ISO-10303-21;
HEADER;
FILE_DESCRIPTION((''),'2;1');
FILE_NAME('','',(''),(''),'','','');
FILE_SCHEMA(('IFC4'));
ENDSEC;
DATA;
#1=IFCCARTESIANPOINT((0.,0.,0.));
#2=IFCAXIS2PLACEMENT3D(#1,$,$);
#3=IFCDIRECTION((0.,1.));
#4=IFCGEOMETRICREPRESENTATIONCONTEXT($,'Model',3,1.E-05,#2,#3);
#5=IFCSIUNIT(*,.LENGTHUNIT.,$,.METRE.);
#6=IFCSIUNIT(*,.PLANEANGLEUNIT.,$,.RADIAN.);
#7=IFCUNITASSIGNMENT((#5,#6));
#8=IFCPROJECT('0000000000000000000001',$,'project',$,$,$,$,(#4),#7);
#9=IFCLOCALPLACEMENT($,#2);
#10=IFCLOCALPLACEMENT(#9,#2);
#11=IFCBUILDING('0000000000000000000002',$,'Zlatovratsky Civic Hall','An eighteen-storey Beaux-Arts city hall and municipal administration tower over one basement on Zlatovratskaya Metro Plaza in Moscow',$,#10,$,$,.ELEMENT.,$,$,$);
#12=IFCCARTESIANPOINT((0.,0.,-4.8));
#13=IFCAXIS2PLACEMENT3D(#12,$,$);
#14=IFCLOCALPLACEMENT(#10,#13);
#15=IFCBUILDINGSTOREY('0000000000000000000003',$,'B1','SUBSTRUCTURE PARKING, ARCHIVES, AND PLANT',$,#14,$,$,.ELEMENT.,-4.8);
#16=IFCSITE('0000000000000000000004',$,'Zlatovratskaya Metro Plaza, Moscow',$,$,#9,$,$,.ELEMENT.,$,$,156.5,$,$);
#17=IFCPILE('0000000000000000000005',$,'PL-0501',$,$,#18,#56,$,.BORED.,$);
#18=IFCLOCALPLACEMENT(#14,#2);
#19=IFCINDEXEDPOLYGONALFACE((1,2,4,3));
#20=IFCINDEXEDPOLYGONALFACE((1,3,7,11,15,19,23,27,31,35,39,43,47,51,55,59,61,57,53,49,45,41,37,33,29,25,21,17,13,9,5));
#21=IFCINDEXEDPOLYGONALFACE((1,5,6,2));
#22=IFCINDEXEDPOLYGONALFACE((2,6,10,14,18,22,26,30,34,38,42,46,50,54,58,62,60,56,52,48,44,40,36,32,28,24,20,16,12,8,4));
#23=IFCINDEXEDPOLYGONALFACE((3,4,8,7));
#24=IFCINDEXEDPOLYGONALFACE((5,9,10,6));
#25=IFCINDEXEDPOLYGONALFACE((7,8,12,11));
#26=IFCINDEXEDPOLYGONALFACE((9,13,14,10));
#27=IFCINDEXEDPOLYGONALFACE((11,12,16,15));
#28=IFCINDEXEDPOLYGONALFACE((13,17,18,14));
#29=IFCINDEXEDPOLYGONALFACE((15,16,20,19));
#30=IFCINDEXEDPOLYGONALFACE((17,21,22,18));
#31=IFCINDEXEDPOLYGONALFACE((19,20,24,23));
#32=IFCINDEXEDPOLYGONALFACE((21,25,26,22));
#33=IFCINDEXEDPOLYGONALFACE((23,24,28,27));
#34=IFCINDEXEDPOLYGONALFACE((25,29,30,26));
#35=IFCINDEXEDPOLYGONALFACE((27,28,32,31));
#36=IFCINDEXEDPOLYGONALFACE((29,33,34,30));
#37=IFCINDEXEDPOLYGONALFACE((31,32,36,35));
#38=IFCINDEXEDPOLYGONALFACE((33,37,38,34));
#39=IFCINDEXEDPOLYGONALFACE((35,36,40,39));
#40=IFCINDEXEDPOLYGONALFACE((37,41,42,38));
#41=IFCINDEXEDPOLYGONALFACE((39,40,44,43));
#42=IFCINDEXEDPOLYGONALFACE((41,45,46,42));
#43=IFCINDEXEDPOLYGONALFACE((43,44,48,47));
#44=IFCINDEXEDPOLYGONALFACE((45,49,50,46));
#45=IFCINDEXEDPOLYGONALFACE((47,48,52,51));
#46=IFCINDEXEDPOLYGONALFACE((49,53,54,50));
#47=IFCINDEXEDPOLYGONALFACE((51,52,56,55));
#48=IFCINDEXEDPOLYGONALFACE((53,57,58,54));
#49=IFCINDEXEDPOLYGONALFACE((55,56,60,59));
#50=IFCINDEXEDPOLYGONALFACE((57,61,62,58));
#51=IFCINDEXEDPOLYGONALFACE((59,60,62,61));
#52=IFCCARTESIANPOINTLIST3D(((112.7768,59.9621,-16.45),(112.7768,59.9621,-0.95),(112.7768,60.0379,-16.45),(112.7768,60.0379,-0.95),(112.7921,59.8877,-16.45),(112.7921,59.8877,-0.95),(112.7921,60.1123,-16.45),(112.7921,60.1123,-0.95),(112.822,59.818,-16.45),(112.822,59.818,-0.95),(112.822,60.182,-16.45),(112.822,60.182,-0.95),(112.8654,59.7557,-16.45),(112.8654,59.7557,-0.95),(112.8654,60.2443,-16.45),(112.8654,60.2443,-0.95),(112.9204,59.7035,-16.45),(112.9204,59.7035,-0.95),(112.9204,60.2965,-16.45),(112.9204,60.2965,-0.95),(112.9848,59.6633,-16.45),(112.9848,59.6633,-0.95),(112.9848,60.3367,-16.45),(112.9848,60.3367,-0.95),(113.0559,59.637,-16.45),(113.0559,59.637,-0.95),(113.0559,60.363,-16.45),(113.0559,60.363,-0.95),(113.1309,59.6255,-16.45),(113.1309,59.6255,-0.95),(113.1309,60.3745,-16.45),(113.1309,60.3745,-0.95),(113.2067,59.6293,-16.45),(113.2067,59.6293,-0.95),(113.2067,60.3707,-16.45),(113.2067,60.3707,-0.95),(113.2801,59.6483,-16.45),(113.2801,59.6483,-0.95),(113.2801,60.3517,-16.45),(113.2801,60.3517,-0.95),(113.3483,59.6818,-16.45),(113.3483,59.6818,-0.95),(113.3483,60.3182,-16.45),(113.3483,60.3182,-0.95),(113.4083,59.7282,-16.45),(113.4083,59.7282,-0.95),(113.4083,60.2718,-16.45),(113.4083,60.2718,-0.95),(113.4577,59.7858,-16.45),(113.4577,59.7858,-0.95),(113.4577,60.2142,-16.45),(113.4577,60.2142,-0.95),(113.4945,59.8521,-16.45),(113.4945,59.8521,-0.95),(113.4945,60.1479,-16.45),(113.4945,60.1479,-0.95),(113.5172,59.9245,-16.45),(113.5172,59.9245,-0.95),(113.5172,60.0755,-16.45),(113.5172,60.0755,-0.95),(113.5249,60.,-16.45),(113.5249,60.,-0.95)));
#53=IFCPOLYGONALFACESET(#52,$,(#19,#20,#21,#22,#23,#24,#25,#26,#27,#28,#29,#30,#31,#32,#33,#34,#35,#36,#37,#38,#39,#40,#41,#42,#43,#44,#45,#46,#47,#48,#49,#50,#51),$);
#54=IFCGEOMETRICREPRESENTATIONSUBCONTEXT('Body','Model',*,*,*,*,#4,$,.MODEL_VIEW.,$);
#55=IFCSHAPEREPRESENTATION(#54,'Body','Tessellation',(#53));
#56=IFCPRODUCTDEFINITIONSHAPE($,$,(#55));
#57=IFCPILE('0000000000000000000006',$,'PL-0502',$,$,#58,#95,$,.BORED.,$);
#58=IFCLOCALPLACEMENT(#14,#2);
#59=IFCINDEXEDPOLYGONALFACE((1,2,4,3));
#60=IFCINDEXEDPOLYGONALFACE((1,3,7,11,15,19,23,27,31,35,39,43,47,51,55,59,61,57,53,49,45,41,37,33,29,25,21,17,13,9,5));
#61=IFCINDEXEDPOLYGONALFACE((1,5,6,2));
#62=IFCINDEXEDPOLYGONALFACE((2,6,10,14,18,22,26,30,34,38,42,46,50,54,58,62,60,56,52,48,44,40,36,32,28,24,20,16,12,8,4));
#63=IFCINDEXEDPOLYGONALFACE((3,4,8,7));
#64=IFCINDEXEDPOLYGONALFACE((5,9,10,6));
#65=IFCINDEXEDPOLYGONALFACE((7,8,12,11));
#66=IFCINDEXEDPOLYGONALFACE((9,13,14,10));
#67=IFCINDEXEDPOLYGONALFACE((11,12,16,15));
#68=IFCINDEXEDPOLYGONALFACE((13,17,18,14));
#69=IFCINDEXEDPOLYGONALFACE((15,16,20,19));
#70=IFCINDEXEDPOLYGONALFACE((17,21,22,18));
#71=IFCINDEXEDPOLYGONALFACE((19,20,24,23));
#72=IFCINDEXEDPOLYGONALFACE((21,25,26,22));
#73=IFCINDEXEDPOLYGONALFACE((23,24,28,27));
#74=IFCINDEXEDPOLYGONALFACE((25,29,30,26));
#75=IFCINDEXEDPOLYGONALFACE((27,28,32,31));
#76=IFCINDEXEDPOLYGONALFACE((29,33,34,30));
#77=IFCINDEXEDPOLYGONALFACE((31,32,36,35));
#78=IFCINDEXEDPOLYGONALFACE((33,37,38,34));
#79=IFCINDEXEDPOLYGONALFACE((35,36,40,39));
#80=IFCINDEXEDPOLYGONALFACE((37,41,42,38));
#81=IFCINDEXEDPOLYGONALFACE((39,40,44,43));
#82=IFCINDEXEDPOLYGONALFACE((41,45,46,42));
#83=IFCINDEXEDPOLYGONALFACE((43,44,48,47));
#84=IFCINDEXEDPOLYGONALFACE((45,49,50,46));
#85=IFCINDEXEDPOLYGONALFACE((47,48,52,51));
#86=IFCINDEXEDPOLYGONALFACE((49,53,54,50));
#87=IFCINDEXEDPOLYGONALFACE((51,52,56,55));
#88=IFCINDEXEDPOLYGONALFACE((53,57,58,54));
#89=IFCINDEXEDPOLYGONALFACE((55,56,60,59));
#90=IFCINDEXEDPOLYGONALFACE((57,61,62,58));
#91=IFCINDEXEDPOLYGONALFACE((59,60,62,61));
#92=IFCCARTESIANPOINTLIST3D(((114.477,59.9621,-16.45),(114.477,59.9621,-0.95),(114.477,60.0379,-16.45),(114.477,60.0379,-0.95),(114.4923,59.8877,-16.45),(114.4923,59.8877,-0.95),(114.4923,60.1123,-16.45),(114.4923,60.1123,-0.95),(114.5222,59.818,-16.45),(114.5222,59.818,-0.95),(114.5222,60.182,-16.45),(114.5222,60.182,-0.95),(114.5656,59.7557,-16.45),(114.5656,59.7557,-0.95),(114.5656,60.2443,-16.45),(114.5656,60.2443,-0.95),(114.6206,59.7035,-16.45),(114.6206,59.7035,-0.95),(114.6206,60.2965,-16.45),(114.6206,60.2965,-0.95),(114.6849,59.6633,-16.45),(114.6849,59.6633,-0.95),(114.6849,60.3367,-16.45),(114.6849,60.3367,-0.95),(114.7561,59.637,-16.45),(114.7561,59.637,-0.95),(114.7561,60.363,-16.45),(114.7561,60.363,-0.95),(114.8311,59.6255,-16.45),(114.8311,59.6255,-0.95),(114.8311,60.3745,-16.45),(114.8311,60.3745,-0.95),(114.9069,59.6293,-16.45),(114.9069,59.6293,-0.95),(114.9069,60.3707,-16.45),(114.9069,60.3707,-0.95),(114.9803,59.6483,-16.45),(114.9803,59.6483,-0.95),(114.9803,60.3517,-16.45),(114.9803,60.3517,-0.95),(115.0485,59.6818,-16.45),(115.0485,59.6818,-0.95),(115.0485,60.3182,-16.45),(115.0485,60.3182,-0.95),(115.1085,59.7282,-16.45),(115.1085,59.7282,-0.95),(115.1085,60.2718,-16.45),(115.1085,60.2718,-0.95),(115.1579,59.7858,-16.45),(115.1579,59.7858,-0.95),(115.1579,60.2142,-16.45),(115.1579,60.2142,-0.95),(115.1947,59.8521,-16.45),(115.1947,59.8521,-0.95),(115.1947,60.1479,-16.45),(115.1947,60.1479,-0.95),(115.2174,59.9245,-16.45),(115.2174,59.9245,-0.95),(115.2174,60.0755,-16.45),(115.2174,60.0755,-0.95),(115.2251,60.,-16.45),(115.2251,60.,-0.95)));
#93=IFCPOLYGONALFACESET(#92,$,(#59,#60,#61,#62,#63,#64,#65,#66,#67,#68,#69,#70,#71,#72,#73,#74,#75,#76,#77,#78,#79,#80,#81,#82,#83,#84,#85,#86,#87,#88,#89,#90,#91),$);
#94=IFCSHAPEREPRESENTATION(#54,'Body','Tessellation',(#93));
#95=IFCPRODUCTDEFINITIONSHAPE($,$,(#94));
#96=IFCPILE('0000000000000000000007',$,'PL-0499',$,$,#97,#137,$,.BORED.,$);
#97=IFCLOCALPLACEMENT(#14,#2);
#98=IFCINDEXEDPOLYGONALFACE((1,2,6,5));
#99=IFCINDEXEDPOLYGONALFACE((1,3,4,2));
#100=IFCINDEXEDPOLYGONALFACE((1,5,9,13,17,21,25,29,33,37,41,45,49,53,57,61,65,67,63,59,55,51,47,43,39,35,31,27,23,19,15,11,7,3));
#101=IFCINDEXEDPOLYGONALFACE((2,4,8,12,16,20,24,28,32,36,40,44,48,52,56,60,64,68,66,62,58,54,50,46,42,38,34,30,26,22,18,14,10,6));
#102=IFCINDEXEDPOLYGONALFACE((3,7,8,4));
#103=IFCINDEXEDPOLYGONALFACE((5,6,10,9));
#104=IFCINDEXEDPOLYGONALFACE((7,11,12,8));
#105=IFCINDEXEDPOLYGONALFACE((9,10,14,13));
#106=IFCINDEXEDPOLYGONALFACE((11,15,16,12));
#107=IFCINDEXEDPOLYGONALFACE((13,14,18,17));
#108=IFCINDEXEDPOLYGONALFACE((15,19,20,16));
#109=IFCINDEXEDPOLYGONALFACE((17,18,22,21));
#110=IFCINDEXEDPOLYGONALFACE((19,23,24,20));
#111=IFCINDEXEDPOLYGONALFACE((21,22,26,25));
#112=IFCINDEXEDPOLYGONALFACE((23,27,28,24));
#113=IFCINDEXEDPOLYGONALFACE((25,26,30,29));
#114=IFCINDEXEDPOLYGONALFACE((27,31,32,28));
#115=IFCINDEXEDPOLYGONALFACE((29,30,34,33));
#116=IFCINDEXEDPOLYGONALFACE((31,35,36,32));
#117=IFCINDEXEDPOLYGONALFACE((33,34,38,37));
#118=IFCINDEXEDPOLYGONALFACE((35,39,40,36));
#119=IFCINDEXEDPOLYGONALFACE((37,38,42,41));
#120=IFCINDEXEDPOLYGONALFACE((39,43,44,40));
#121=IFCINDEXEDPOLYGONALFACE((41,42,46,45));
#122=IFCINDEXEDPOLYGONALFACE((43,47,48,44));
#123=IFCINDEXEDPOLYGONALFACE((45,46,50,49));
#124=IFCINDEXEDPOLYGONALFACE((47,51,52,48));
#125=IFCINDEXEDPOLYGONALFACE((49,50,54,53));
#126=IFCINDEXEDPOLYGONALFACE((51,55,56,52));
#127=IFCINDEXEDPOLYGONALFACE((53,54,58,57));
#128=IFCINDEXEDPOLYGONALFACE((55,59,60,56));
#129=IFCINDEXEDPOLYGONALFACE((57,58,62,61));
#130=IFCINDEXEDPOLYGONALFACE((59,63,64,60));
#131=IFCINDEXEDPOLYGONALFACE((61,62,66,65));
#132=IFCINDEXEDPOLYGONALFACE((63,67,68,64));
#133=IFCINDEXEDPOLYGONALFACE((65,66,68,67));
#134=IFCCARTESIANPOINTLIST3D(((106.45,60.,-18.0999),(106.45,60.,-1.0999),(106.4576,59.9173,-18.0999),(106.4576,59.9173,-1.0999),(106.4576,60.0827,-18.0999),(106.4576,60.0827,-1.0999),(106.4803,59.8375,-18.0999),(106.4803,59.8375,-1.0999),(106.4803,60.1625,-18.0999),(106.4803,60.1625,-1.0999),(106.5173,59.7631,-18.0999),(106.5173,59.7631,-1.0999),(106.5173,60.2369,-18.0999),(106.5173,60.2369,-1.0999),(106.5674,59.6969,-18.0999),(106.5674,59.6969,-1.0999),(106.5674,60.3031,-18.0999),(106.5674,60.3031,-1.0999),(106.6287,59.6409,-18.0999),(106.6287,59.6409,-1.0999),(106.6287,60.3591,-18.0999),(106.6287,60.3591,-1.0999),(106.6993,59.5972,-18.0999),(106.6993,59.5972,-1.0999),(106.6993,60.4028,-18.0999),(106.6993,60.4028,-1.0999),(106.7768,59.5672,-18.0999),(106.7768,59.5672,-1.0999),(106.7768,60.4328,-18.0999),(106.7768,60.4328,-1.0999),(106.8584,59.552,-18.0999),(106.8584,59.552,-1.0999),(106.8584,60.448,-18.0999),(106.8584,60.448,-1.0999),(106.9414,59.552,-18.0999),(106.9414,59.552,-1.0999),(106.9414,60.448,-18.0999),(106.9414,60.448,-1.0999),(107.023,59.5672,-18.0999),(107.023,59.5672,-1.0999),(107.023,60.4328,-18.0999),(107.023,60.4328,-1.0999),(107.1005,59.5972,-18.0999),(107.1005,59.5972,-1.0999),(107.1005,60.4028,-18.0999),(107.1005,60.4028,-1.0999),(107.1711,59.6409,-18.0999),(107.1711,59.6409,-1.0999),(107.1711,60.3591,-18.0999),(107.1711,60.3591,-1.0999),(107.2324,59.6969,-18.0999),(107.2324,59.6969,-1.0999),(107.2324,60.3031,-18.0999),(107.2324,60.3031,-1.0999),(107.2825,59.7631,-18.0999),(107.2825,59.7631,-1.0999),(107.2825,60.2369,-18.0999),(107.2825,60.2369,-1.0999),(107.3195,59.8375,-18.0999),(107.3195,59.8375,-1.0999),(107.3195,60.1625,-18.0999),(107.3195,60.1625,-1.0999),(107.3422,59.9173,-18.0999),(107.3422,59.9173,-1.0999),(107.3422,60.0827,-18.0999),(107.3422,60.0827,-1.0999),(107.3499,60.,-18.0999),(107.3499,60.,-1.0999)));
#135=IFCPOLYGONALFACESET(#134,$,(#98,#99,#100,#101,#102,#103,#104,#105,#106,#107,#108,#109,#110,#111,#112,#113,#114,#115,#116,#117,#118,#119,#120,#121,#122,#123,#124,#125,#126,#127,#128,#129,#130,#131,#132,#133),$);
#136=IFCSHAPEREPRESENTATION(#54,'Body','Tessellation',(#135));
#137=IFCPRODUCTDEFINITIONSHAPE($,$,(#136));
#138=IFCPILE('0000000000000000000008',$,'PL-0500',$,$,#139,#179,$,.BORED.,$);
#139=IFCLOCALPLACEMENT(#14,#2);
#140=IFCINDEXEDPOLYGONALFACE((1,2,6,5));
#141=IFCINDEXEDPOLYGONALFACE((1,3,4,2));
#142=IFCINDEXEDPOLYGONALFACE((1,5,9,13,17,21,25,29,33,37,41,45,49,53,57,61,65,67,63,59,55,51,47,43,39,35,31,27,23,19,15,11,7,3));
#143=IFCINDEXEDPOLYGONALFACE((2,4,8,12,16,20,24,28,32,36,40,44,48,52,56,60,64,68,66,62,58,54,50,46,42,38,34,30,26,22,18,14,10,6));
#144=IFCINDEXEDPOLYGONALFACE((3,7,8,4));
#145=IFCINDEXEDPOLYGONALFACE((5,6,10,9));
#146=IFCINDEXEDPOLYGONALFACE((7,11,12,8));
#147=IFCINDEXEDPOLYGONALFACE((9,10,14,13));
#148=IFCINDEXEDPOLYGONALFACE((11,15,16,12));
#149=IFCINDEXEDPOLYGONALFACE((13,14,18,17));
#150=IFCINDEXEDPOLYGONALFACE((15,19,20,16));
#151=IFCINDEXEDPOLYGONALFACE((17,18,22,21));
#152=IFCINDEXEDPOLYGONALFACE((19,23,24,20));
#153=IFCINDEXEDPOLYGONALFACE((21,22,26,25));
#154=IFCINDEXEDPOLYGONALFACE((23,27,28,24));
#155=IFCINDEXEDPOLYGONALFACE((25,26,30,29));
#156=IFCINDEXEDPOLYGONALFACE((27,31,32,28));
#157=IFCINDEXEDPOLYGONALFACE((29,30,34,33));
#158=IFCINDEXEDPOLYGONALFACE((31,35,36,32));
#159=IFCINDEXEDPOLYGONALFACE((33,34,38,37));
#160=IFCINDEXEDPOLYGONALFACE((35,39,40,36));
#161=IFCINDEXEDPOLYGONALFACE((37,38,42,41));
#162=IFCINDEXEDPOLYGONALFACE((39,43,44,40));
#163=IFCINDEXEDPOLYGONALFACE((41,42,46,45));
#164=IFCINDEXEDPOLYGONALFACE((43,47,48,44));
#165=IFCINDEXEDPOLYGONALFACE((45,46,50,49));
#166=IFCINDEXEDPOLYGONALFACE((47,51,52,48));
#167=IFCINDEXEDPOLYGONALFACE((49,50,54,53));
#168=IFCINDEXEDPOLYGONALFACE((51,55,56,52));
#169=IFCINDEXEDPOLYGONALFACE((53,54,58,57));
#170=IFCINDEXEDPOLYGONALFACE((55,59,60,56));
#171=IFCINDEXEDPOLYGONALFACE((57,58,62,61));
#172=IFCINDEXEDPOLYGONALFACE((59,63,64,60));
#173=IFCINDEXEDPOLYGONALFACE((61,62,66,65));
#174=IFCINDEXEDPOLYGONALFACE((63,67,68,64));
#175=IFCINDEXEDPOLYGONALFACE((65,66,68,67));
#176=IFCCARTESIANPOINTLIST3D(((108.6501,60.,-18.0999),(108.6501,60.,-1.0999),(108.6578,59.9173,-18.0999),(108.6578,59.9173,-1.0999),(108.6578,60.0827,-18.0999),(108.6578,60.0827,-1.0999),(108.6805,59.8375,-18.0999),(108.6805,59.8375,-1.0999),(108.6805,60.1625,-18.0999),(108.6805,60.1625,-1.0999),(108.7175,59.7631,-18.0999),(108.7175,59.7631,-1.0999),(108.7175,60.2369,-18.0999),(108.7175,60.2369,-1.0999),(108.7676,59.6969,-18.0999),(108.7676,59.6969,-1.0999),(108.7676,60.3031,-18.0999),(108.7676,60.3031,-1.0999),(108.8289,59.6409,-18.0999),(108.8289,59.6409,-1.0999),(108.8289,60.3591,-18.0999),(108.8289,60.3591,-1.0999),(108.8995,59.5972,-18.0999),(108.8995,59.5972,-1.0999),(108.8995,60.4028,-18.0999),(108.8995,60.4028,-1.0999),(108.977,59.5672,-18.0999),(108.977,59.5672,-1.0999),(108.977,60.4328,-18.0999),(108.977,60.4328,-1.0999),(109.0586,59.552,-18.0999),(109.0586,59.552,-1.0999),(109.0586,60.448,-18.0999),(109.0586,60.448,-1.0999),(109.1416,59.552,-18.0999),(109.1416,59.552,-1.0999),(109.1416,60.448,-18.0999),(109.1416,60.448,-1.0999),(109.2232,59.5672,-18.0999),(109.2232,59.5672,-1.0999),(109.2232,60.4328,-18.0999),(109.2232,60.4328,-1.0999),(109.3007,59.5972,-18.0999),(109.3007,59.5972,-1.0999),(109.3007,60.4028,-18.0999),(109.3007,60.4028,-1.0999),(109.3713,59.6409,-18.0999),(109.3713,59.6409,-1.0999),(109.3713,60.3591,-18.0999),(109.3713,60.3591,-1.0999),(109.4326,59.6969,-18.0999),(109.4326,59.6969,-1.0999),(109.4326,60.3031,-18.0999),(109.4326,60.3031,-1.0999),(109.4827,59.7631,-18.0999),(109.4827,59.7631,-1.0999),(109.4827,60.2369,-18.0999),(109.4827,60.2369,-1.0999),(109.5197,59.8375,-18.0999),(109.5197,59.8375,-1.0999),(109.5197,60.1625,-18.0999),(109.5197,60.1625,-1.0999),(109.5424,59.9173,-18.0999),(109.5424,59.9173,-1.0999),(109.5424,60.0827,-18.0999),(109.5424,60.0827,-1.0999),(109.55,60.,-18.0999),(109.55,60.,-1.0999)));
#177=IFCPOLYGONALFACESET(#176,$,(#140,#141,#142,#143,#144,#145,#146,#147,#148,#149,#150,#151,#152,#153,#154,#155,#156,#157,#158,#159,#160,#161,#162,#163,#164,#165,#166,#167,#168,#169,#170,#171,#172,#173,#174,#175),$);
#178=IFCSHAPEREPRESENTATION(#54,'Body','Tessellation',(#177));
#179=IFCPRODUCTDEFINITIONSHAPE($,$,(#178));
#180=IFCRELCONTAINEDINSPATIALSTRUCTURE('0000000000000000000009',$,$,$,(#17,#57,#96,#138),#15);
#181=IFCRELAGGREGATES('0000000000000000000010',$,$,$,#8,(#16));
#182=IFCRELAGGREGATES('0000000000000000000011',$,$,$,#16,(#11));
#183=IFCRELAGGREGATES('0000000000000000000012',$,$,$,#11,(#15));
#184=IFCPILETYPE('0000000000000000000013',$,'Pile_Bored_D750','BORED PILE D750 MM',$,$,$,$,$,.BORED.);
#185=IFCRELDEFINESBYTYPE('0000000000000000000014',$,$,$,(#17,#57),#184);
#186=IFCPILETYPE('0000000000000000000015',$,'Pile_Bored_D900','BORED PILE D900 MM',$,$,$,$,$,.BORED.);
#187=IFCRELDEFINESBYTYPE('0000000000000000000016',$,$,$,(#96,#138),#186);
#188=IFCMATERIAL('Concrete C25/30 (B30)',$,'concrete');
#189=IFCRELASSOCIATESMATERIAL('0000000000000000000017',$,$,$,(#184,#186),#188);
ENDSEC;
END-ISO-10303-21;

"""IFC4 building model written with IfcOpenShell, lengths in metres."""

from ifc_helpers import new_model, si_unit, direction, frame, origin, origin_2d, place, context, subcontext, project, spatial, circle, extrude, material, material_profile, profile_set, type_object, element, save


model = new_model("IFC4")

# Units and contexts
model_context = context("Model", 3, precision=1e-05, world=origin(), true_north=direction((0.0, 1.0)))
body_context = subcontext(model_context, "Body", "Model", "MODEL_VIEW")
ifc_project = project(units=[si_unit("LENGTHUNIT", "METRE"), si_unit("PLANEANGLEUNIT", "RADIAN")], contexts=[model_context])

# Site, building, storey
site_placement = place(None, origin())
site = spatial("IfcSite", under=ifc_project, at=site_placement, Name="Zlatovratskaya Metro Plaza, Moscow", CompositionType="ELEMENT", RefElevation=156.5)
building_placement = place(site_placement, origin())
building = spatial("IfcBuilding", under=site, at=building_placement, Name="Zlatovratsky Civic Hall", Description="An eighteen-storey Beaux-Arts city hall and municipal administration tower over one basement on Zlatovratskaya Metro Plaza in Moscow", CompositionType="ELEMENT")
storey_placement = place(building_placement, frame((0.0, 0.0, -4.8)))
storey = spatial("IfcBuildingStorey", under=building, at=storey_placement, Name="B1", Description="SUBSTRUCTURE PARKING, ARCHIVES, AND PLANT", CompositionType="ELEMENT", Elevation=-4.8)

# Shared definitions
ifc_material_1 = material(Name="Concrete C25/30 (B30)", Category="concrete")

# Piles
ifc_material_profile_1 = material_profile(ifc_material_1, circle(Radius=0.375, at=origin_2d()), Name="PILE D750")
ifc_profile_set_1 = profile_set([ifc_material_profile_1], Name="Concrete C25/30 (B30)")
pile_type_1 = type_object("IfcPileType", Name="Pile_Bored_D750", Description="BORED PILE D750 MM", PredefinedType="BORED", material=ifc_profile_set_1)
for number, where, z_axis, x_axis, name in (
    (1, (113.1499, 60.0, -0.95), (0.0, 0.0, -1.0), (1.0, 0.0, 0.0), "PL-0501"),
    (2, (114.8501, 60.0, -0.95), (0.0, 0.0, -1.0), (1.0, 0.0, 0.0), "PL-0502"),
):
    element("IfcPile", number, at=place(storey_placement, frame(where, z_axis=z_axis, x_axis=x_axis)), inside=storey, type_object=pile_type_1, Name=name, PredefinedType="BORED", context=body_context, shape_type="SweptSolid", body=[
        extrude(circle(Radius=0.375, at=origin_2d()), origin(), (0.0, 0.0, 1.0), 15.5),
    ])
ifc_material_profile_2 = material_profile(ifc_material_1, circle(Radius=0.45, at=origin_2d()), Name="PILE D900")
ifc_profile_set_2 = profile_set([ifc_material_profile_2], Name="Concrete C25/30 (B30)")
pile_type_2 = type_object("IfcPileType", Name="Pile_Bored_D900", Description="BORED PILE D900 MM", PredefinedType="BORED", material=ifc_profile_set_2)
for number, where, z_axis, x_axis, name in (
    (3, (106.8999, 60.0, -1.0999), (0.0, 0.0, -1.0), (1.0, 0.0, 0.0), "PL-0499"),
    (4, (109.1001, 60.0, -1.0999), (0.0, 0.0, -1.0), (1.0, 0.0, 0.0), "PL-0500"),
):
    element("IfcPile", number, at=place(storey_placement, frame(where, z_axis=z_axis, x_axis=x_axis)), inside=storey, type_object=pile_type_2, Name=name, PredefinedType="BORED", context=body_context, shape_type="SweptSolid", body=[
        extrude(circle(Radius=0.45, at=origin_2d()), origin(), (0.0, 0.0, 1.0), 17.0),
    ])

save(model, "model.ifc")
